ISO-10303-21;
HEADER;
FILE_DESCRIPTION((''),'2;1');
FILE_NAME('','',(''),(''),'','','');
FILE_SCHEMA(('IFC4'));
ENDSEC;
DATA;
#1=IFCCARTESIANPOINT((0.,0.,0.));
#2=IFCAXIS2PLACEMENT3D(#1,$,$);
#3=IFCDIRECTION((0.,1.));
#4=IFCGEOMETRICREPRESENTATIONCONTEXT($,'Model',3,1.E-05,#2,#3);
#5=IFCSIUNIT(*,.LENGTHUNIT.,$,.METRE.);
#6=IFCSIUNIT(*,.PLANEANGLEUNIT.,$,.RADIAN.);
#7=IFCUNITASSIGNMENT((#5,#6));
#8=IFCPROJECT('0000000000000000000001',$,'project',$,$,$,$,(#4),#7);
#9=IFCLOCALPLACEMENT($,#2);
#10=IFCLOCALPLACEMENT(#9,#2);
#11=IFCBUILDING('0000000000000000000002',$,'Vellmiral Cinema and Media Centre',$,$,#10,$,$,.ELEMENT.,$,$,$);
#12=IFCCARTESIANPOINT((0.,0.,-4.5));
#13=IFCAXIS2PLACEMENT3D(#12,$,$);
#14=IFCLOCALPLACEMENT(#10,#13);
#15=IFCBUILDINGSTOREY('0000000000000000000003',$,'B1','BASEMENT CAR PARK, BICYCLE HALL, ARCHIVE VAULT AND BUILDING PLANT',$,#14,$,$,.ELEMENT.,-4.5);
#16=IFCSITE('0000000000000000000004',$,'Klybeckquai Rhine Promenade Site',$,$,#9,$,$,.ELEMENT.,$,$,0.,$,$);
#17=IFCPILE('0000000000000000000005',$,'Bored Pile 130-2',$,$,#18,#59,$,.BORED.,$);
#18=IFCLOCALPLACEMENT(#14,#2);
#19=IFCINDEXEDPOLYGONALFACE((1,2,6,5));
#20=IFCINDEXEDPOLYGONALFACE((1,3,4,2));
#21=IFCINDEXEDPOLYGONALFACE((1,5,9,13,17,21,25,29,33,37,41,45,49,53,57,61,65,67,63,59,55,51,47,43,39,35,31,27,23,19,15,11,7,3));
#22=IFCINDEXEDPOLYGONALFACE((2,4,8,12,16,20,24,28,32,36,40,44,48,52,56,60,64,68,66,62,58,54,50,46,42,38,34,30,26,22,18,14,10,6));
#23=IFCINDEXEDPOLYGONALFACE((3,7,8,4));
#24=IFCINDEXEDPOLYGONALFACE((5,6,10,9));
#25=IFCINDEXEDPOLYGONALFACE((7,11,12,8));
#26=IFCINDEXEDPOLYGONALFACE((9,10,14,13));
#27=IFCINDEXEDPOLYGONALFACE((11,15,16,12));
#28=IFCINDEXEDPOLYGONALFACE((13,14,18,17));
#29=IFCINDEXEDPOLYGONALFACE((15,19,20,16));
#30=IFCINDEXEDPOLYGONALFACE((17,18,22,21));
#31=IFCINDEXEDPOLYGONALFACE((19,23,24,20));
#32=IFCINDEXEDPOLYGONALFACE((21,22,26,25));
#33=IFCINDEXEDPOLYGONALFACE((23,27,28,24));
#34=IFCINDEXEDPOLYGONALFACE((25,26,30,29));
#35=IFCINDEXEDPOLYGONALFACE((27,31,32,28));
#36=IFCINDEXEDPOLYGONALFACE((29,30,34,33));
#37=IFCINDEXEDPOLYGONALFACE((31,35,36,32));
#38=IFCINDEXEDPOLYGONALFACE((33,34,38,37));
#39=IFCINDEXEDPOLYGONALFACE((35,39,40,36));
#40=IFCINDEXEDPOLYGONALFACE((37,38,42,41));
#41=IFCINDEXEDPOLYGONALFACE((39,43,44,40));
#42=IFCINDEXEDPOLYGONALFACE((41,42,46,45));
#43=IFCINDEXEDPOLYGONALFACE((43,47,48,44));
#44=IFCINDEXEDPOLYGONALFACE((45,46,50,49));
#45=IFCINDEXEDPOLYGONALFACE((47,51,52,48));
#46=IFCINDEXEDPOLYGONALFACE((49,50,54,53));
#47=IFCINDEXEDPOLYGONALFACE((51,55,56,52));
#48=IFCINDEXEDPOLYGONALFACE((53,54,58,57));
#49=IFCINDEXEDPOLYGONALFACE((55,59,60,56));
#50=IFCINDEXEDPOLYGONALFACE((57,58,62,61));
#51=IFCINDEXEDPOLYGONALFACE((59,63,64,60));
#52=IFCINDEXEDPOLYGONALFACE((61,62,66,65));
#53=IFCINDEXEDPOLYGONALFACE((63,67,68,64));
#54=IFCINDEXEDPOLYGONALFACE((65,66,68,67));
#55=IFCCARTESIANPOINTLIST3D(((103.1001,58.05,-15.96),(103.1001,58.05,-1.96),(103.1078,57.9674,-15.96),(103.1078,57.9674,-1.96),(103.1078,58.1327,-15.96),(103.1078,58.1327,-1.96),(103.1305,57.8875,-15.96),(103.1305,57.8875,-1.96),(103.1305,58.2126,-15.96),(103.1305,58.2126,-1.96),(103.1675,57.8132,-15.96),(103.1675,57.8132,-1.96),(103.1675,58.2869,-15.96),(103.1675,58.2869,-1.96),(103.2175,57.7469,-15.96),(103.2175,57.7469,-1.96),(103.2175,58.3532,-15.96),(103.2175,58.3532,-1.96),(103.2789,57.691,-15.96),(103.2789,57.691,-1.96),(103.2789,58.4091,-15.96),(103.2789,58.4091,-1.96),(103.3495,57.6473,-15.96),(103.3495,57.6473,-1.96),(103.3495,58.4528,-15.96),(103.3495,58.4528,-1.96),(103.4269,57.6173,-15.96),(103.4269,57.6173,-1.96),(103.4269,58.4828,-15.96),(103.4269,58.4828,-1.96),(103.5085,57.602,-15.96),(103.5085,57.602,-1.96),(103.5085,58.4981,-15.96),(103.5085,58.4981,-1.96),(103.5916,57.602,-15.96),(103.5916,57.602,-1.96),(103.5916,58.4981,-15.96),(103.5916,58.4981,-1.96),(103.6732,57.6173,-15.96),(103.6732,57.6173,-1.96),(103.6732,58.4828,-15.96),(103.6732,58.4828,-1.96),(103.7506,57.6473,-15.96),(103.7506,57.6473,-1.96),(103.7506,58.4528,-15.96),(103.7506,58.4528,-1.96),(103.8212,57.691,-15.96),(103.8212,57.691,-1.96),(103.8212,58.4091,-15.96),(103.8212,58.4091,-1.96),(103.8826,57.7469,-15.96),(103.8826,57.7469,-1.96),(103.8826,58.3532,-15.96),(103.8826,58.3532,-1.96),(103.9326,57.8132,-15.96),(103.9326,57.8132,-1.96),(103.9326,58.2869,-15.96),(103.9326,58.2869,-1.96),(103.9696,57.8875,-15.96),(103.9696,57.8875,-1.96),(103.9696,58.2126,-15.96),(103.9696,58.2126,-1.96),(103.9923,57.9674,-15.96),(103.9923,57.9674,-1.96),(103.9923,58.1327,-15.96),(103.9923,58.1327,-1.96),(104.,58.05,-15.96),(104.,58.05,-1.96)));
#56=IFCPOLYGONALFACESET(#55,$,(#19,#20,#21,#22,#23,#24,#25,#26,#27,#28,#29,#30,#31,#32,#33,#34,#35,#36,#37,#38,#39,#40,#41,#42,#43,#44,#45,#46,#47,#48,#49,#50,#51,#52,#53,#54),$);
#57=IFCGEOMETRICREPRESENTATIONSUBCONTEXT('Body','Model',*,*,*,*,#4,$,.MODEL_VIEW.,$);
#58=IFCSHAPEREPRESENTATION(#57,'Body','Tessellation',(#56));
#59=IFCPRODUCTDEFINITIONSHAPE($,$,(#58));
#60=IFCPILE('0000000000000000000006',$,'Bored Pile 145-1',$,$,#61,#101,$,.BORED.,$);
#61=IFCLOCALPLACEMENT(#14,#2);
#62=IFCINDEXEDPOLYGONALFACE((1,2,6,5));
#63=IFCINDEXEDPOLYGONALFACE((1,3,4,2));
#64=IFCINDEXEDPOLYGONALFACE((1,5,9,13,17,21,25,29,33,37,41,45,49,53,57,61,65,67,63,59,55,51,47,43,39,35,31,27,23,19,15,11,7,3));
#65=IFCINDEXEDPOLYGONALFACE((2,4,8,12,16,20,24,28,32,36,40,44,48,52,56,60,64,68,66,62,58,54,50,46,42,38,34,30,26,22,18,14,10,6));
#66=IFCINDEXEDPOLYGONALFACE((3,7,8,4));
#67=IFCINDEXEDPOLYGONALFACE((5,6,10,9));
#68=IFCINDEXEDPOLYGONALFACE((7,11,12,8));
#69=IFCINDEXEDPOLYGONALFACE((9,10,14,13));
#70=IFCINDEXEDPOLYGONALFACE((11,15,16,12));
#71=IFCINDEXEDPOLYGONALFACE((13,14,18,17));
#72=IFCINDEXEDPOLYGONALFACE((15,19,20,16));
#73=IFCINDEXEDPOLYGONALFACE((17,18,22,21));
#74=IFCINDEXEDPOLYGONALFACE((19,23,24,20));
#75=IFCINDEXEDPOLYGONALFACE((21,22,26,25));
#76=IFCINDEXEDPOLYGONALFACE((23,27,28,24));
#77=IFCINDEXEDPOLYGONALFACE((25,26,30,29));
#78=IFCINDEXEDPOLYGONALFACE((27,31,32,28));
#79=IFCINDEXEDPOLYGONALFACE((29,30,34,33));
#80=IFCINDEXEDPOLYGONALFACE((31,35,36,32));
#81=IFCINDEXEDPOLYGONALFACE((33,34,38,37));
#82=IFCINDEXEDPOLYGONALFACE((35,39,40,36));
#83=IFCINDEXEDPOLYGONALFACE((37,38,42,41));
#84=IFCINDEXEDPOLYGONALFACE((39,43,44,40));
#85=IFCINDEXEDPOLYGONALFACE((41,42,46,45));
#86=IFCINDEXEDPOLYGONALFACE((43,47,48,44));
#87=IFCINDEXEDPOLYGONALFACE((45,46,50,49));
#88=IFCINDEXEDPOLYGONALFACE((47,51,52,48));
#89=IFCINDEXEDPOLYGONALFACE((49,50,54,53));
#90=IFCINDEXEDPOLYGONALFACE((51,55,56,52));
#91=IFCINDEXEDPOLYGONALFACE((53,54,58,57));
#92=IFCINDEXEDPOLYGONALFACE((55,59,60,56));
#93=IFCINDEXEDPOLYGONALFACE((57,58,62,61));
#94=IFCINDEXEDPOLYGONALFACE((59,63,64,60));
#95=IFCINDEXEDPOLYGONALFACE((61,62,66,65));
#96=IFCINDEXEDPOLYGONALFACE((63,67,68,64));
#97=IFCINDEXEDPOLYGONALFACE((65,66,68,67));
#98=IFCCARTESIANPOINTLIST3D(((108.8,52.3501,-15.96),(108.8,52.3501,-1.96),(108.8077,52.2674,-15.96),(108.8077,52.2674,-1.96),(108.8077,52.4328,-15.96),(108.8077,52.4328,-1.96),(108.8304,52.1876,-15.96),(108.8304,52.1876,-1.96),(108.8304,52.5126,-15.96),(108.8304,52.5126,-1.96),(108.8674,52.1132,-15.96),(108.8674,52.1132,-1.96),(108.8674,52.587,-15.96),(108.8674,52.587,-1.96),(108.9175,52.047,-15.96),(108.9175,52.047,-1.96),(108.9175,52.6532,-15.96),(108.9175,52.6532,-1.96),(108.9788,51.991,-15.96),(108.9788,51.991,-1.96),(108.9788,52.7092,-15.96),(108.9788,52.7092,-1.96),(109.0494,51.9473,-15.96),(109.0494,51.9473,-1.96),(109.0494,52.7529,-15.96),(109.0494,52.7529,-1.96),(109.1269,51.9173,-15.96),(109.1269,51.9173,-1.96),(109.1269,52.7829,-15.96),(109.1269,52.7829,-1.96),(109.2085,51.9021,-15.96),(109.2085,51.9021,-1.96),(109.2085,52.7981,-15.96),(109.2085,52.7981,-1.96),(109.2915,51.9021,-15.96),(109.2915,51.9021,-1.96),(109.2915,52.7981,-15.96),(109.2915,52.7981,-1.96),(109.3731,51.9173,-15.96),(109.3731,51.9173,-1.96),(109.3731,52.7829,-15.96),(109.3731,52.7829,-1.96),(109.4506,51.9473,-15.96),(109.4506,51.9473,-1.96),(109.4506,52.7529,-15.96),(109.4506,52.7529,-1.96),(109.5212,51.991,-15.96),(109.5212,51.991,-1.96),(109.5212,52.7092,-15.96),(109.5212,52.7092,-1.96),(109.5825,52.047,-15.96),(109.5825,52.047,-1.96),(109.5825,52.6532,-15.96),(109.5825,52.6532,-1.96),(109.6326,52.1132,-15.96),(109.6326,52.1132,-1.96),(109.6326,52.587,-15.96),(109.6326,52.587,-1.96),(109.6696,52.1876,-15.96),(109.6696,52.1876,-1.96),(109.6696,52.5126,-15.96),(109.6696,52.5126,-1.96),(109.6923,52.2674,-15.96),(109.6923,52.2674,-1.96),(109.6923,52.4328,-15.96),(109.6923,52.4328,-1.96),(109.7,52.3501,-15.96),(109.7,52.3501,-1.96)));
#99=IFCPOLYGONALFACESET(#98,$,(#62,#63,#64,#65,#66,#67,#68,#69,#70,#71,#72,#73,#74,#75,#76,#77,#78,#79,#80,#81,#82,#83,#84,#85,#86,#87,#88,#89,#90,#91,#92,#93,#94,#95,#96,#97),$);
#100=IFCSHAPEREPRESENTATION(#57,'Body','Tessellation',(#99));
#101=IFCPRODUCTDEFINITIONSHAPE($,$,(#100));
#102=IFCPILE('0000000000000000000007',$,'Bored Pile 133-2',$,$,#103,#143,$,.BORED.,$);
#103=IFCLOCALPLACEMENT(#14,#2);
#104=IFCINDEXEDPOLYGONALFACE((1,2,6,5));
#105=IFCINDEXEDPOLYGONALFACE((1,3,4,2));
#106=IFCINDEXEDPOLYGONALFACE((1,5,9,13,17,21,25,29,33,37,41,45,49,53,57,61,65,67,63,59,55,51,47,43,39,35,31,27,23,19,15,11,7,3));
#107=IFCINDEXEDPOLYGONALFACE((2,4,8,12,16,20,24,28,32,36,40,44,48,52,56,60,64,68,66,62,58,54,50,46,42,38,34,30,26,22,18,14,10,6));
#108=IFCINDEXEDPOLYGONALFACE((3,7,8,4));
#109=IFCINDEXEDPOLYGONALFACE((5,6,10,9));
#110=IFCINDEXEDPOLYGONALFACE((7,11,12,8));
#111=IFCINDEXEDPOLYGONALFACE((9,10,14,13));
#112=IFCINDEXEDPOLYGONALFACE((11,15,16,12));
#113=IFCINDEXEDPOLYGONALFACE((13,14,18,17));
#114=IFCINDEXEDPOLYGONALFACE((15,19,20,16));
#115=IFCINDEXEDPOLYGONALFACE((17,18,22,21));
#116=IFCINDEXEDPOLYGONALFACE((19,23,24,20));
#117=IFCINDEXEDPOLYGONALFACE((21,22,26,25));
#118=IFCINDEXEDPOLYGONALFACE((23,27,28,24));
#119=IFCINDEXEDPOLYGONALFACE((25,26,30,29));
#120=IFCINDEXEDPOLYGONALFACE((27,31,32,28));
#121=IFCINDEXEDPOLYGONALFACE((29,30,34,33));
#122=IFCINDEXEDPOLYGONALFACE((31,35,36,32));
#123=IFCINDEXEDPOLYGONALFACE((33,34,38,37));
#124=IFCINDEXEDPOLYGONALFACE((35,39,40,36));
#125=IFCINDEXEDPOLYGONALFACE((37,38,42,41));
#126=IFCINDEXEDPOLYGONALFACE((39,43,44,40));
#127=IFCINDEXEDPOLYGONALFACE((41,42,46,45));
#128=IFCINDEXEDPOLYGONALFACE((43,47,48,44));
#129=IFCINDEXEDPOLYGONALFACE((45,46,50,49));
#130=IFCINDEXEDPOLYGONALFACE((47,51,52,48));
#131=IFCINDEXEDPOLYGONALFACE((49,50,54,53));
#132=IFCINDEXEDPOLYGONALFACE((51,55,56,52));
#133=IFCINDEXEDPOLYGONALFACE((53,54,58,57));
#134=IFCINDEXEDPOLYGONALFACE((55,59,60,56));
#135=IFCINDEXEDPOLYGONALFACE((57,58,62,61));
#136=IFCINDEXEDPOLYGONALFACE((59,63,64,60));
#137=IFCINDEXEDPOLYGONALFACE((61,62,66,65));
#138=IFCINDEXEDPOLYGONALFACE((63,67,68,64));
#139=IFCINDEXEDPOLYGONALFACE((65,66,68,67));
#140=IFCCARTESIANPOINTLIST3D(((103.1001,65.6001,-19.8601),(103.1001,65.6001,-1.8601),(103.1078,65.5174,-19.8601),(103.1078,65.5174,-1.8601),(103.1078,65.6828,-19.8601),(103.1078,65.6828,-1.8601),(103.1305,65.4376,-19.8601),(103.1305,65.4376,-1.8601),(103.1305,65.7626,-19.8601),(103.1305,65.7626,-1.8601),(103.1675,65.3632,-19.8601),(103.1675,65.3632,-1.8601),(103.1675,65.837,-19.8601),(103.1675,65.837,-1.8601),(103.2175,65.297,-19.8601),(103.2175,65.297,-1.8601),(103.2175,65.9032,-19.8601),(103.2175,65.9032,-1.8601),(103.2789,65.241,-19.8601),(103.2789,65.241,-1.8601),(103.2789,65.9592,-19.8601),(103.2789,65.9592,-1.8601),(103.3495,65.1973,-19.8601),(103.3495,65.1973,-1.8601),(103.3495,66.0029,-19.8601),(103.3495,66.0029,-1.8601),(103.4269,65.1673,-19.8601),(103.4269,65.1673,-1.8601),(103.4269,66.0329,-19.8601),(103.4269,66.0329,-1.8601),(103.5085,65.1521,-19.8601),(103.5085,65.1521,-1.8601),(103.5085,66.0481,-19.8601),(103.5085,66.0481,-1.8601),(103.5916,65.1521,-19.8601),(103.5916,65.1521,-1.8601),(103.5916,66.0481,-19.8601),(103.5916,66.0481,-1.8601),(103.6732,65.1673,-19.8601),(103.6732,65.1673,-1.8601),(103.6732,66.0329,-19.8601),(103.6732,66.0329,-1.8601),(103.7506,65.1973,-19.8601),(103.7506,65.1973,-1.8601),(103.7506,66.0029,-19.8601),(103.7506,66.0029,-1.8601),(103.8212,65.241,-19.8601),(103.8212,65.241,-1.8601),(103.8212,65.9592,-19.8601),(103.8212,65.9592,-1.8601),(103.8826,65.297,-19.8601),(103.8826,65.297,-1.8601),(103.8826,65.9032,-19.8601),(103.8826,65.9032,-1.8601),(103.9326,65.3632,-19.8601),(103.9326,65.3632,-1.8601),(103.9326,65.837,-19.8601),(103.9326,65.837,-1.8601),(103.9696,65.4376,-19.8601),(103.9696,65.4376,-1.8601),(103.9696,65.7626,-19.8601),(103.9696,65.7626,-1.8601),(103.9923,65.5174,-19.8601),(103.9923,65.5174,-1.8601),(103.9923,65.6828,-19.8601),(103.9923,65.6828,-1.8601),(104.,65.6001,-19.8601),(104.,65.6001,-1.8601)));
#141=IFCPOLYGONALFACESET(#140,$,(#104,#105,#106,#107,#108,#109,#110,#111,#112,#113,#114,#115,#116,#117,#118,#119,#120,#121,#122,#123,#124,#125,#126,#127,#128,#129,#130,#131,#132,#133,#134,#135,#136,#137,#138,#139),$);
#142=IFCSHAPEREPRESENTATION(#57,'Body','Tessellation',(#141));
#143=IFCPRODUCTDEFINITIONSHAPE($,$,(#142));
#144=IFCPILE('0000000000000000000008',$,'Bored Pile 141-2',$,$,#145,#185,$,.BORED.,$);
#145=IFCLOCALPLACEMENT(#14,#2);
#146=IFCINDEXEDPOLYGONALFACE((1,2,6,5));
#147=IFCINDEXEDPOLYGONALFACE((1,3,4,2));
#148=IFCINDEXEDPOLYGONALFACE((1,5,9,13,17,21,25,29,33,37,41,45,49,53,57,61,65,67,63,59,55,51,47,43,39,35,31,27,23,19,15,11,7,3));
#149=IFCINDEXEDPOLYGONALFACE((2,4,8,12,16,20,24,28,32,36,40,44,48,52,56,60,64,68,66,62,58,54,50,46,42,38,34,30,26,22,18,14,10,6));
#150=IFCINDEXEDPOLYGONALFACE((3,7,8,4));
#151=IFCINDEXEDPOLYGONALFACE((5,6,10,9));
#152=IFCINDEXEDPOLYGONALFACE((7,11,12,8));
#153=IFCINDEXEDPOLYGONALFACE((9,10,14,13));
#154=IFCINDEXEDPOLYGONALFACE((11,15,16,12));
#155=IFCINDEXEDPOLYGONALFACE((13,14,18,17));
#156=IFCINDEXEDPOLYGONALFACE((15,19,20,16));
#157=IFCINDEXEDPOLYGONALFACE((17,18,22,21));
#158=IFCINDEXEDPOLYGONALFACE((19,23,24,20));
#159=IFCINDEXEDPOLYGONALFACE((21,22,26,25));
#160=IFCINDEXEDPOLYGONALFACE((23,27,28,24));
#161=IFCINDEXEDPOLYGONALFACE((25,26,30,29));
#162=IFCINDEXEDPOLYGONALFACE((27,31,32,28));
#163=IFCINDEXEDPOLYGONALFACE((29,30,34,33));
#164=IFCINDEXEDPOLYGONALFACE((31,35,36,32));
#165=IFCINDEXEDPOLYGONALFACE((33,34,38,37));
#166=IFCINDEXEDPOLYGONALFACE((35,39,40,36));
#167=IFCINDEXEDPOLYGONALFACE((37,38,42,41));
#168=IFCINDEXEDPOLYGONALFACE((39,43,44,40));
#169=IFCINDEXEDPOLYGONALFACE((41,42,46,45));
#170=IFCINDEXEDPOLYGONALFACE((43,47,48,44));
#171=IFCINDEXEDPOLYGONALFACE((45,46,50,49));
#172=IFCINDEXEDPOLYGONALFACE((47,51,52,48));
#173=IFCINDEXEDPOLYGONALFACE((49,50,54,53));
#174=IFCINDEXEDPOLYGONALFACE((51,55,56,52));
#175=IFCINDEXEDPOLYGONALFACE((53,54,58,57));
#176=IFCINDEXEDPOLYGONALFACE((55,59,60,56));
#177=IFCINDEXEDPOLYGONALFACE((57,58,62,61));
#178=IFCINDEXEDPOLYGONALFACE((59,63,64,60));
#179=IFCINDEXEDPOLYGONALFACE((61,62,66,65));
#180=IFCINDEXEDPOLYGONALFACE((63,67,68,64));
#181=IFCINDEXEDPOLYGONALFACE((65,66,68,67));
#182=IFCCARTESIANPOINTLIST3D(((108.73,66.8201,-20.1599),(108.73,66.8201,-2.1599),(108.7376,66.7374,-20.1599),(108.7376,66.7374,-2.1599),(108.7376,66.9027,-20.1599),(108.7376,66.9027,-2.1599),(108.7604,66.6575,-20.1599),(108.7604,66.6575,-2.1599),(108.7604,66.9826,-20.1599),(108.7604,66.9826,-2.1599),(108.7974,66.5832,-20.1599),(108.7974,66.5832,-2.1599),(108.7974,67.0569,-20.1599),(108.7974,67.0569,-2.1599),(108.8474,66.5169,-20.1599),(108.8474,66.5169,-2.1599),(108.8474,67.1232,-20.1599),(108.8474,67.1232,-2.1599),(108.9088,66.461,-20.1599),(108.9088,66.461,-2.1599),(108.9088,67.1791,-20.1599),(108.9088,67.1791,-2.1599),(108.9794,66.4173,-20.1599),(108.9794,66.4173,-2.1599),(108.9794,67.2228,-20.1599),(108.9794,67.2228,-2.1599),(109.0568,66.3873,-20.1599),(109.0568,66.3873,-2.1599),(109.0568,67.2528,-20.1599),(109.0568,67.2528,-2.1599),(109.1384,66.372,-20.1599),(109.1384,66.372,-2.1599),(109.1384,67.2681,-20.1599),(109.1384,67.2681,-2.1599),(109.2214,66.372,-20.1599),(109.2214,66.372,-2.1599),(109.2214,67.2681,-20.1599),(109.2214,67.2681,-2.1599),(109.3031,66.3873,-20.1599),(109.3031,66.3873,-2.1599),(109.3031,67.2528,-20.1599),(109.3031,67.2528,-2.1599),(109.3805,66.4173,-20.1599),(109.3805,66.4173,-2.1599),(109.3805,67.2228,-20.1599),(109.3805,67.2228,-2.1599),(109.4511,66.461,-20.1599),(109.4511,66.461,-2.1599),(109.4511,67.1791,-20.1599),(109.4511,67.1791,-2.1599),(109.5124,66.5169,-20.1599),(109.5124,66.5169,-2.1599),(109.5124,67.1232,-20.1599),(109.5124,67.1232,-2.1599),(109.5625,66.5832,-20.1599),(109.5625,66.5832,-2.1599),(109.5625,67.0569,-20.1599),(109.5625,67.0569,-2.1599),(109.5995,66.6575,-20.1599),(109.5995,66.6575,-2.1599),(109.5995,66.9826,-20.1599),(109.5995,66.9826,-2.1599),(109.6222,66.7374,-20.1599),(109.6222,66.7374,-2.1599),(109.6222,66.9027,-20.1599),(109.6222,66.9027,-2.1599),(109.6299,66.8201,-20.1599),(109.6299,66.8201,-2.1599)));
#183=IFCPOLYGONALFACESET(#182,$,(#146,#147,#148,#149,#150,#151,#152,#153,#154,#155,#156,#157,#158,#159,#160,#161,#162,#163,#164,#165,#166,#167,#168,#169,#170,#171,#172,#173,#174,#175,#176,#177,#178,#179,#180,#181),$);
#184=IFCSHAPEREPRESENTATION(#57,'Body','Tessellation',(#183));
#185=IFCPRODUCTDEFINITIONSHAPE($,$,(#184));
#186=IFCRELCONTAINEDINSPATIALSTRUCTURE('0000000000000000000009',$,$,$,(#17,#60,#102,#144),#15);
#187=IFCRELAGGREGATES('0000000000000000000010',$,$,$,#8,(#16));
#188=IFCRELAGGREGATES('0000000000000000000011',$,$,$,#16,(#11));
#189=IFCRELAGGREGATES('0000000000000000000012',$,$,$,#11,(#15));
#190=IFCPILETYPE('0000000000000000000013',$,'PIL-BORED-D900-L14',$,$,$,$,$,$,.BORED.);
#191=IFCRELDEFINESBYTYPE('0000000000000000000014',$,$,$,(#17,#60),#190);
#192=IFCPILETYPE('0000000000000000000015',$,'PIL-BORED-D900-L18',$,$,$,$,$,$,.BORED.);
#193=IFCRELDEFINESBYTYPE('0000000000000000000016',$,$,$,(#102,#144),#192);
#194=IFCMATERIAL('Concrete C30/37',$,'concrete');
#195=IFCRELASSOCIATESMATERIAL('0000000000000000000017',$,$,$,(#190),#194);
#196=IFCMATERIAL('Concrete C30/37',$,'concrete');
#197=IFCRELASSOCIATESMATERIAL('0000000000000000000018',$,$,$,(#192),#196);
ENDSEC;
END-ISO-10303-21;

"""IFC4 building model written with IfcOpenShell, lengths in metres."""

from ifc_helpers import new_model, si_unit, direction, frame, origin, origin_2d, place, context, subcontext, project, spatial, circle, extrude, material, material_profile, profile_set, type_object, element, save


model = new_model("IFC4")

# Units and contexts
model_context = context("Model", 3, precision=1e-05, world=origin(), true_north=direction((0.0, 1.0)))
body_context = subcontext(model_context, "Body", "Model", "MODEL_VIEW")
ifc_project = project(units=[si_unit("LENGTHUNIT", "METRE"), si_unit("PLANEANGLEUNIT", "RADIAN")], contexts=[model_context])

# Site, building, storey
site_placement = place(None, origin())
site = spatial("IfcSite", under=ifc_project, at=site_placement, Name="Klybeckquai Rhine Promenade Site", CompositionType="ELEMENT", RefElevation=0.0)
building_placement = place(site_placement, origin())
building = spatial("IfcBuilding", under=site, at=building_placement, Name="Vellmiral Cinema and Media Centre", CompositionType="ELEMENT")
storey_placement = place(building_placement, frame((0.0, 0.0, -4.5)))
storey = spatial("IfcBuildingStorey", under=building, at=storey_placement, Name="B1", Description="BASEMENT CAR PARK, BICYCLE HALL, ARCHIVE VAULT AND BUILDING PLANT", CompositionType="ELEMENT", Elevation=-4.5)

# Piles
ifc_material_1 = material(Name="Concrete C30/37", Category="concrete")
ifc_material_profile_1 = material_profile(ifc_material_1, circle(Radius=0.45, at=origin_2d()), Name="PILE D900")
ifc_profile_set_1 = profile_set([ifc_material_profile_1], Name="Concrete C30/37")
pile_type_1 = type_object("IfcPileType", Name="PIL-BORED-D900-L14", PredefinedType="BORED", material=ifc_profile_set_1)
for number, where, z_axis, x_axis, name in (
    (1, (103.55, 58.05, -1.96), (0.0, 0.0, -1.0), (1.0, 0.0, 0.0), "Bored Pile 130-2"),
    (2, (109.25, 52.3501, -1.96), (0.0, 0.0, -1.0), (1.0, 0.0, 0.0), "Bored Pile 145-1"),
):
    element("IfcPile", number, at=place(storey_placement, frame(where, z_axis=z_axis, x_axis=x_axis)), inside=storey, type_object=pile_type_1, Name=name, PredefinedType="BORED", context=body_context, shape_type="SweptSolid", body=[
        extrude(circle(Radius=0.45, at=origin_2d()), origin(), (0.0, 0.0, 1.0), 14.0),
    ])
ifc_material_2 = material(Name="Concrete C30/37", Category="concrete")
ifc_material_profile_2 = material_profile(ifc_material_2, circle(Radius=0.45, at=origin_2d()), Name="PILE D900")
ifc_profile_set_2 = profile_set([ifc_material_profile_2], Name="Concrete C30/37")
pile_type_2 = type_object("IfcPileType", Name="PIL-BORED-D900-L18", PredefinedType="BORED", material=ifc_profile_set_2)
for number, where, z_axis, x_axis, name in (
    (3, (103.55, 65.6001, -1.8601), (0.0, 0.0, -1.0), (1.0, 0.0, 0.0), "Bored Pile 133-2"),
    (4, (109.1799, 66.8201, -2.1599), (0.0, 0.0, -1.0), (1.0, 0.0, 0.0), "Bored Pile 141-2"),
):
    element("IfcPile", number, at=place(storey_placement, frame(where, z_axis=z_axis, x_axis=x_axis)), inside=storey, type_object=pile_type_2, Name=name, PredefinedType="BORED", context=body_context, shape_type="SweptSolid", body=[
        extrude(circle(Radius=0.45, at=origin_2d()), origin(), (0.0, 0.0, 1.0), 18.0),
    ])

save(model, "model.ifc")
